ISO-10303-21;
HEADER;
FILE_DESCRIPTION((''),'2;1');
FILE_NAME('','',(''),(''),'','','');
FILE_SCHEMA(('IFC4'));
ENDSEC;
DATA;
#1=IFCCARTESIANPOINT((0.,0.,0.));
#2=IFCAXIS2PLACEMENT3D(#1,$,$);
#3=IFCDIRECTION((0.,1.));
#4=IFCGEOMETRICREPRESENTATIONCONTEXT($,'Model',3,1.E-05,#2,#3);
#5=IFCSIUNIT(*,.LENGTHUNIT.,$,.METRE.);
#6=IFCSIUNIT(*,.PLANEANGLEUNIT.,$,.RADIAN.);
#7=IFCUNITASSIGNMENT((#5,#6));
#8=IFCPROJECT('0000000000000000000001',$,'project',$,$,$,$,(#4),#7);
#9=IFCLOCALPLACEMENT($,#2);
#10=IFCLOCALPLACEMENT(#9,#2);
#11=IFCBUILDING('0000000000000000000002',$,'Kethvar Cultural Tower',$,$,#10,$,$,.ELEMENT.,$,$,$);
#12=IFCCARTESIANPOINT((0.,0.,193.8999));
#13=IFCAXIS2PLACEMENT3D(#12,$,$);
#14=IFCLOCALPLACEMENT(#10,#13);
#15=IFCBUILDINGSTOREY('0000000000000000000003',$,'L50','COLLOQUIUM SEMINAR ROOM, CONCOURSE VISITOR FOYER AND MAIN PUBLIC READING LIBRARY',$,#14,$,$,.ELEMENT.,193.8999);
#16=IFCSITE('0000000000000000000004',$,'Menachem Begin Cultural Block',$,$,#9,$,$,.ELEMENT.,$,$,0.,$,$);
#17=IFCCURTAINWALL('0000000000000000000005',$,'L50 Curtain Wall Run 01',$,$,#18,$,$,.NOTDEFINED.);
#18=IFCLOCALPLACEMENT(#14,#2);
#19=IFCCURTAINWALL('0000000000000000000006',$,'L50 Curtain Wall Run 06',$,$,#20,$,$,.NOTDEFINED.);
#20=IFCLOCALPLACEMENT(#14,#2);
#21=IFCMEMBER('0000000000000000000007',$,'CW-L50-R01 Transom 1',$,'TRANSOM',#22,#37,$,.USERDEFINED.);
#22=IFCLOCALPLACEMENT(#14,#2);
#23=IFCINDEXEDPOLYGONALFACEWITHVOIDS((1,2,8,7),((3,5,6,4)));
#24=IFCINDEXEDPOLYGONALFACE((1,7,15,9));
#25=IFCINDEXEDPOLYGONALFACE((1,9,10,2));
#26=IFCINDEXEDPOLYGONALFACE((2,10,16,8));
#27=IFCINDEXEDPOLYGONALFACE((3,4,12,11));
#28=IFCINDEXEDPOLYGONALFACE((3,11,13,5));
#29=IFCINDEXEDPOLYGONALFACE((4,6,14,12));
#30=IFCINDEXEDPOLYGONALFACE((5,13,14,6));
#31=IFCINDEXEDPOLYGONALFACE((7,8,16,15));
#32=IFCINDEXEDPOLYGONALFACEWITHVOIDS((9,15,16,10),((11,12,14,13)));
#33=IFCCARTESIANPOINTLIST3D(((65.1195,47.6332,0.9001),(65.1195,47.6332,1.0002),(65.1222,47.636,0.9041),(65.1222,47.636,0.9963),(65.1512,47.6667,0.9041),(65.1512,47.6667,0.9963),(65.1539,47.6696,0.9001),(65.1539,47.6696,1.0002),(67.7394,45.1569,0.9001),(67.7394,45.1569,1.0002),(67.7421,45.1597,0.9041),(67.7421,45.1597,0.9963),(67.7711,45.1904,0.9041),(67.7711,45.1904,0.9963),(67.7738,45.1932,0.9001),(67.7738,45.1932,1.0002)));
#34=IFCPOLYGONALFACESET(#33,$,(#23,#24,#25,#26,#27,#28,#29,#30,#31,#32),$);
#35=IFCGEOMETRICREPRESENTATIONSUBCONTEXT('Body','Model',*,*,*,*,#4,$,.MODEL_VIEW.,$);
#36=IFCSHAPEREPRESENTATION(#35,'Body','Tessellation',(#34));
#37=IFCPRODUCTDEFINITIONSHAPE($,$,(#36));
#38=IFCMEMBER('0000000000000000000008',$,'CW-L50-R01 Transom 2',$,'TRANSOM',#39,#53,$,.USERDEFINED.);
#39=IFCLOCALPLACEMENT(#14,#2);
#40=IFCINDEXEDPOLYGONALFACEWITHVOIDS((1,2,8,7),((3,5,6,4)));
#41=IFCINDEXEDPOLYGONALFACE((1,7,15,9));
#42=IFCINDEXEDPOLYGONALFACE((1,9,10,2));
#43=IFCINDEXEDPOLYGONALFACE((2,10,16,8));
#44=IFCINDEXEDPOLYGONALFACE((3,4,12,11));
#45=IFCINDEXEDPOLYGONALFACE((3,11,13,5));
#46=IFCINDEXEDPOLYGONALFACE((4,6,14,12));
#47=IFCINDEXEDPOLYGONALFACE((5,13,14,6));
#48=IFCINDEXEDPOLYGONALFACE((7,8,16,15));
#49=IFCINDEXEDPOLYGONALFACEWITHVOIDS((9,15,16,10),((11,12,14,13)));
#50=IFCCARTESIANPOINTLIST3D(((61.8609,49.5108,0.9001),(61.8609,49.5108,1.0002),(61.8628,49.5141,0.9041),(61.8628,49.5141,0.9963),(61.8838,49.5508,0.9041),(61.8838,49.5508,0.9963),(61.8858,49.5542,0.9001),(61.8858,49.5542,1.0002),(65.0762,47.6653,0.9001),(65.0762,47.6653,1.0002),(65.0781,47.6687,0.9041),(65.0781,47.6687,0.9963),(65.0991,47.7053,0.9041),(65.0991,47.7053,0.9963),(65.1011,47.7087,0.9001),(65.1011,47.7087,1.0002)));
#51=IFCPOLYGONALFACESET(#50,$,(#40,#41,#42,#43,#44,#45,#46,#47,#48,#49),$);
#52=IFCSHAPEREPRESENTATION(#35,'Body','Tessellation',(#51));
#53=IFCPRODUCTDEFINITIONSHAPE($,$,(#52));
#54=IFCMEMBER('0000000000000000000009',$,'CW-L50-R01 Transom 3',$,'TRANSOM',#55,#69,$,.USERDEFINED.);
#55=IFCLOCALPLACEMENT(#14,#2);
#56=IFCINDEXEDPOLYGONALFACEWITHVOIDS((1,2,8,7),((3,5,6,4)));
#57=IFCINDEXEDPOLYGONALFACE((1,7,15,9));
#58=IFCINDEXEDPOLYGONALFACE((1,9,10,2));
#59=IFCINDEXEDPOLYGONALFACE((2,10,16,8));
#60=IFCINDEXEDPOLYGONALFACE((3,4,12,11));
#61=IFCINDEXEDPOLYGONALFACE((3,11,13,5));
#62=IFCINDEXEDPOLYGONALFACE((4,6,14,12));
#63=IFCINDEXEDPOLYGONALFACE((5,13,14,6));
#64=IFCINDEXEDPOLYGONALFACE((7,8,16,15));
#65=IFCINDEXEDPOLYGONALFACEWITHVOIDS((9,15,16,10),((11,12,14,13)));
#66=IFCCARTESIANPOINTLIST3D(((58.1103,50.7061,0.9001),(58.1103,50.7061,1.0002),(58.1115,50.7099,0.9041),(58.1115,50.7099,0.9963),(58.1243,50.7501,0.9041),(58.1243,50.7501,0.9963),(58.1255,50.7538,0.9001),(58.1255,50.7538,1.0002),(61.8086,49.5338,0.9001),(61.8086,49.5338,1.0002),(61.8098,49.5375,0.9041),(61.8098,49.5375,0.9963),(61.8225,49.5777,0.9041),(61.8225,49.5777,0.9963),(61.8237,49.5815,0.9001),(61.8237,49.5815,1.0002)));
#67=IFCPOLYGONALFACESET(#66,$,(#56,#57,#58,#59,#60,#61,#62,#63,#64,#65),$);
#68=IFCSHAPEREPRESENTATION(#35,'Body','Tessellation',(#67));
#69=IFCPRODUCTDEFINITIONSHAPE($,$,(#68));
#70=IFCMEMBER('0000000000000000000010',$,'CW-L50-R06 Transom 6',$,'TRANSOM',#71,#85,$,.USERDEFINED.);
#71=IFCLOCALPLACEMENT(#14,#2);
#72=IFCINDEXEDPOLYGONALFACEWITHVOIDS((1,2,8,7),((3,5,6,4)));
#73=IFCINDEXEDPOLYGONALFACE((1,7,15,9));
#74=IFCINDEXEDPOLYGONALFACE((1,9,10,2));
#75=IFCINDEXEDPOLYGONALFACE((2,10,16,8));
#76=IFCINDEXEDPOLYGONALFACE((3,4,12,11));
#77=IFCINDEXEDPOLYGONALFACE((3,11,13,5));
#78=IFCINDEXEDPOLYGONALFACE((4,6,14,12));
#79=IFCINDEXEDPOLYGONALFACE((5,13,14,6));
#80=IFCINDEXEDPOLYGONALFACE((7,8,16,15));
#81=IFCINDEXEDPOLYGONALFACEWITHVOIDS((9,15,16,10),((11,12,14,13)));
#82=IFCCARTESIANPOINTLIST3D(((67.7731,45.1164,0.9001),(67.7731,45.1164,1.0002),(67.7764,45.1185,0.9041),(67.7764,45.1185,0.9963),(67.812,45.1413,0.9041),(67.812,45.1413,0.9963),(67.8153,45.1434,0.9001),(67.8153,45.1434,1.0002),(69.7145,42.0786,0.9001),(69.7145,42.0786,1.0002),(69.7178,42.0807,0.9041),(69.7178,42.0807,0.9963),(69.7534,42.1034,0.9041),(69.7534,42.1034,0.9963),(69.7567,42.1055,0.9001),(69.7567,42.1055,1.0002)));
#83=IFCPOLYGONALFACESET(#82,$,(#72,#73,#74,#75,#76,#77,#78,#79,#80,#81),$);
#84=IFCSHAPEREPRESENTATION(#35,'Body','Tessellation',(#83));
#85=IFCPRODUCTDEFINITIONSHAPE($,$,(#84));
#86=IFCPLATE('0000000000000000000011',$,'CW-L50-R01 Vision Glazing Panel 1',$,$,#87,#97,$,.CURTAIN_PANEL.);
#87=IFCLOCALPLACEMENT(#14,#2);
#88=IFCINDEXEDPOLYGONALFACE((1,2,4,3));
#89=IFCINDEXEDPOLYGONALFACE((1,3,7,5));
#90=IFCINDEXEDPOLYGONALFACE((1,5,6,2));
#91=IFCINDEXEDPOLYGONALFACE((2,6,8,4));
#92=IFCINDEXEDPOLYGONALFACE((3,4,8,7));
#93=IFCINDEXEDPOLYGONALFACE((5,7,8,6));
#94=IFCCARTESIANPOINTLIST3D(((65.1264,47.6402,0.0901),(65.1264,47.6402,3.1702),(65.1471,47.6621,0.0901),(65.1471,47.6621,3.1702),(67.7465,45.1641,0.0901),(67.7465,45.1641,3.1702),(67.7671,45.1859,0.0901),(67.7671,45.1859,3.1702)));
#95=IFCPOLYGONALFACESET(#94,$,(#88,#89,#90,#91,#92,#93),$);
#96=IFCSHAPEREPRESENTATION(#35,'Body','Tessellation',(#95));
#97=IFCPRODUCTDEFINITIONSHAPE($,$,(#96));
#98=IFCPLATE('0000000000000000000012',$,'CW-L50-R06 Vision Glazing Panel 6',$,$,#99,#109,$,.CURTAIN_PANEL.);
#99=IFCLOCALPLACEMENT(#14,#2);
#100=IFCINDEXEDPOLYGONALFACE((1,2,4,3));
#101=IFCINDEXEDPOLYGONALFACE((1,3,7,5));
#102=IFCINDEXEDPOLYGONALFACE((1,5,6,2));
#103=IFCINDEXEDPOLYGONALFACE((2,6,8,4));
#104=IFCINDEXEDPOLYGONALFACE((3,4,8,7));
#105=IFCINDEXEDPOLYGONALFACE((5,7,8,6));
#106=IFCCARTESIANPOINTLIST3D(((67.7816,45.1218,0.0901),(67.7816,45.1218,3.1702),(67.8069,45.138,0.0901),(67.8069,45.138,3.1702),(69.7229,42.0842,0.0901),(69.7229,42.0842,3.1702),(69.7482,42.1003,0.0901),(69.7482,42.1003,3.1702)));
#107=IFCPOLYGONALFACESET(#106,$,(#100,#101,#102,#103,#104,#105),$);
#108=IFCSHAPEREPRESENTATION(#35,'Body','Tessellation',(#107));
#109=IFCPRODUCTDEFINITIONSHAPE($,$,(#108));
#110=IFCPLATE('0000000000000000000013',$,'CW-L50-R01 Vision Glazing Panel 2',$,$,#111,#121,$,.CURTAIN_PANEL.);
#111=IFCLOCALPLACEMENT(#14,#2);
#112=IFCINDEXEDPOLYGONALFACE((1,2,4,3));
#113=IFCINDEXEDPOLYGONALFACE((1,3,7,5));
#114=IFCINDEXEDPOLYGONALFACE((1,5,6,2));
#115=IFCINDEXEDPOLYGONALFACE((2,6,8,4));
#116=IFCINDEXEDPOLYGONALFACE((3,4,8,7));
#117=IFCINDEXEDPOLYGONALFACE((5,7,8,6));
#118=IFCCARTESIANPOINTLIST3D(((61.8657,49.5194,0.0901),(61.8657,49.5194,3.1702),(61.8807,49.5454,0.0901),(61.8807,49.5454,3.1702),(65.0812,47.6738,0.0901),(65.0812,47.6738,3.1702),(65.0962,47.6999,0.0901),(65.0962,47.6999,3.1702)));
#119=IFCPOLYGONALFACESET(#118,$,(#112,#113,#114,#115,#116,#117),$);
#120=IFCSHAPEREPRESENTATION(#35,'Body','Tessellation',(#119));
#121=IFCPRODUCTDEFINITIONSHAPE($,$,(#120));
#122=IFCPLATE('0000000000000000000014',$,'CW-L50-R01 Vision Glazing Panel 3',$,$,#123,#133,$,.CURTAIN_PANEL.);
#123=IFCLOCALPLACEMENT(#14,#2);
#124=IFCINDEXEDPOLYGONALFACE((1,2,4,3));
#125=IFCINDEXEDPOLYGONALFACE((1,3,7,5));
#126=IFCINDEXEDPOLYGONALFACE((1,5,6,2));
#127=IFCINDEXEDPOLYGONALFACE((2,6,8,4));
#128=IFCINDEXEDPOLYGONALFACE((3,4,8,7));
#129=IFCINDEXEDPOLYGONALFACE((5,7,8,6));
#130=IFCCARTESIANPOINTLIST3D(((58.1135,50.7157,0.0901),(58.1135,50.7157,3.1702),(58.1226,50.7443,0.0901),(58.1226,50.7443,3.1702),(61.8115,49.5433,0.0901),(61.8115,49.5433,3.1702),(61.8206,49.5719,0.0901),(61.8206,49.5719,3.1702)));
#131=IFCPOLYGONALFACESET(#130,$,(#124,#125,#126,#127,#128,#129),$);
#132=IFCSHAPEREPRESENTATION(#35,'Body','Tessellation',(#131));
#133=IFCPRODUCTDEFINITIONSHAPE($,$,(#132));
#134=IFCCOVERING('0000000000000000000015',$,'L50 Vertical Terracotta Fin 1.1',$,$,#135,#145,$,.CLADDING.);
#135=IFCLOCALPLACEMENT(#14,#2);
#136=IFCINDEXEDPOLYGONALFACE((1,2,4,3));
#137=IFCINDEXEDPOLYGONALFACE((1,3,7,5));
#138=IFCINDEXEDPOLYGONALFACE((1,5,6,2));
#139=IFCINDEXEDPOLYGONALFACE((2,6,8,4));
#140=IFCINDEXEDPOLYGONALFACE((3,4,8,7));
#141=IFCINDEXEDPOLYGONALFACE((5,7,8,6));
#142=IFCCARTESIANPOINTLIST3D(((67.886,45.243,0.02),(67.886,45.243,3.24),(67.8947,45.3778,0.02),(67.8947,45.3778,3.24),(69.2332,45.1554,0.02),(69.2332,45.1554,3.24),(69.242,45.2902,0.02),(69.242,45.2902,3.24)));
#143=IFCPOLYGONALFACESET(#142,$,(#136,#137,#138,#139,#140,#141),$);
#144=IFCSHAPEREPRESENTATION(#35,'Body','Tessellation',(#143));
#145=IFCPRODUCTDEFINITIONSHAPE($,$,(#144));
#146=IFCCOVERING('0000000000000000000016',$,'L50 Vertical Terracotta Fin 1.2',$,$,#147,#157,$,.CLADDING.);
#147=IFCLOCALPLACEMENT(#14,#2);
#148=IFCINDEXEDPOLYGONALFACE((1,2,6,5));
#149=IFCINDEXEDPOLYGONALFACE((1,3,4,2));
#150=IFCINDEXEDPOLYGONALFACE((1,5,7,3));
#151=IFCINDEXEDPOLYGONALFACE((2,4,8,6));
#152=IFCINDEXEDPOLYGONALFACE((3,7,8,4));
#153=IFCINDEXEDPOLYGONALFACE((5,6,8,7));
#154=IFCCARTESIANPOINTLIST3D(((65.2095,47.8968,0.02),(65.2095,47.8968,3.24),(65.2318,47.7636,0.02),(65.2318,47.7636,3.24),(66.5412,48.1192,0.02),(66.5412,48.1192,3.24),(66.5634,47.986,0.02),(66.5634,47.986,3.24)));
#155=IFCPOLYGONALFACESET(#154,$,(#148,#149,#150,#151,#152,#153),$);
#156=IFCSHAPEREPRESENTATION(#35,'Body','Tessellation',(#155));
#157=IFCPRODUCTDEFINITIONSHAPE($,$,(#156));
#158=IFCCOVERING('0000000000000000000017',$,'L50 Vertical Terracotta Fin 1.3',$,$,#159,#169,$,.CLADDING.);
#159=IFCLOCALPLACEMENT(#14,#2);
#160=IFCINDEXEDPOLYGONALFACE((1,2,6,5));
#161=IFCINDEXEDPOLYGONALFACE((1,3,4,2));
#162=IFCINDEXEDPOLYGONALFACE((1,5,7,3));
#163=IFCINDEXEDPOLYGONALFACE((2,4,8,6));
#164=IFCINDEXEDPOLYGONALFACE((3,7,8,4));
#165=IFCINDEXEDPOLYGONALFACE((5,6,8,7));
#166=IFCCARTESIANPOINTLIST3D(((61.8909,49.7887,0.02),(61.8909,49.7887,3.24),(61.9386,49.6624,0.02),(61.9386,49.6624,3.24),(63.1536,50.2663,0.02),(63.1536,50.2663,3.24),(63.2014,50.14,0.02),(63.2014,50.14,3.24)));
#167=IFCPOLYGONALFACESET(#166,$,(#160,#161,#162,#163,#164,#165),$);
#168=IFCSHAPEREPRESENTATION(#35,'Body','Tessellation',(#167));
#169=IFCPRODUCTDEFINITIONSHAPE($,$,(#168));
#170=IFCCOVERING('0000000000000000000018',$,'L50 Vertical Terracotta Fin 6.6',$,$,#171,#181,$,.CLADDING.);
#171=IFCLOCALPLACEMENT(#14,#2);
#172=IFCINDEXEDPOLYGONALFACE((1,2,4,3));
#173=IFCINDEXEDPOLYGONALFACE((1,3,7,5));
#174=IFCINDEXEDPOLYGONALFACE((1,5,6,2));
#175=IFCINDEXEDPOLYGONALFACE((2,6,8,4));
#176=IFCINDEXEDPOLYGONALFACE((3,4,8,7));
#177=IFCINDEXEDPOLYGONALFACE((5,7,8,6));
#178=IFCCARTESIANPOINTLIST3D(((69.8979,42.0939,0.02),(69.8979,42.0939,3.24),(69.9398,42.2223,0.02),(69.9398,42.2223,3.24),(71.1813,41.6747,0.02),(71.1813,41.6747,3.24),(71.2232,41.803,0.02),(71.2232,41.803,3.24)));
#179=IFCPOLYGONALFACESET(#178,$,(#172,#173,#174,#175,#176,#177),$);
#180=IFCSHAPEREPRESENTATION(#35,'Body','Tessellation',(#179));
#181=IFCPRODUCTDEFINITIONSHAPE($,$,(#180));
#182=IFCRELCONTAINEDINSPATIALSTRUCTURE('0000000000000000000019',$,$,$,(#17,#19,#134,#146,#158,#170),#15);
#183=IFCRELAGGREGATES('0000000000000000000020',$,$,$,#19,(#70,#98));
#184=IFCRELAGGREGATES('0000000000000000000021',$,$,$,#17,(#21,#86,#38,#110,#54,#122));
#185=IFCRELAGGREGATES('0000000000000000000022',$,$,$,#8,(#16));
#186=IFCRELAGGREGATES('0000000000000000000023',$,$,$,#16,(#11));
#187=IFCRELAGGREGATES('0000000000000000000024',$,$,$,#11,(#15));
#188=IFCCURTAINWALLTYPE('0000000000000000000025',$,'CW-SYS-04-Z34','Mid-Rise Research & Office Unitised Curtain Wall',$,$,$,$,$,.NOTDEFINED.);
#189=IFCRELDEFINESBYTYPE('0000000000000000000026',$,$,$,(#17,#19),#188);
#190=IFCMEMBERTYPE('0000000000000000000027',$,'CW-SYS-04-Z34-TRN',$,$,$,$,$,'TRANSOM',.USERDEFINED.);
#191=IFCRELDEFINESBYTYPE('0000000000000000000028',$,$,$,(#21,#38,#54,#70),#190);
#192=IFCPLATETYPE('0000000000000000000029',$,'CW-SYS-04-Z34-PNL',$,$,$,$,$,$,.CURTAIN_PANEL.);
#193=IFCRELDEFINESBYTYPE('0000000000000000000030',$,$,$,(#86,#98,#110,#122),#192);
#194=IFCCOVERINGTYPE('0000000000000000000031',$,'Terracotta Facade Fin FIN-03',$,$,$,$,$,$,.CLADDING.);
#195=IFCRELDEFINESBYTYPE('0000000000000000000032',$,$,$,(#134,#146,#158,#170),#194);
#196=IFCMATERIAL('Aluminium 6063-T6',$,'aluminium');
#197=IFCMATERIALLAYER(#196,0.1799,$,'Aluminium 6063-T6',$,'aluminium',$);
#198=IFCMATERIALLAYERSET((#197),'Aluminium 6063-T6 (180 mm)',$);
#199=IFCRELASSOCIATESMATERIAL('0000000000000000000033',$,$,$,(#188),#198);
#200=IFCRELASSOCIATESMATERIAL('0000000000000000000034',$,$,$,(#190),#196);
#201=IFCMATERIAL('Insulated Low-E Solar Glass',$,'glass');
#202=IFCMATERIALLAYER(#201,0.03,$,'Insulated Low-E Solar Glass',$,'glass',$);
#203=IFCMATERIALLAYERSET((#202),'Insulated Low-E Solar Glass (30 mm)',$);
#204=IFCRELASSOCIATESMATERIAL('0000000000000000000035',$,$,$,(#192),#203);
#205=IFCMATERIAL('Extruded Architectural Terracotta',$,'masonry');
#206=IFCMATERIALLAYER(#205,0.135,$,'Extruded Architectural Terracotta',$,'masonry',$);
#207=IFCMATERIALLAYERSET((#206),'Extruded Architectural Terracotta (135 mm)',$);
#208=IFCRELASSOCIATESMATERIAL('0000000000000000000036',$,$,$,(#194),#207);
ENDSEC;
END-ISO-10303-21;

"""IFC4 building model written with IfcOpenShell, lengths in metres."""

from ifc_helpers import new_model, si_unit, direction, frame, origin, origin_2d, place, context, subcontext, project, spatial, rectangle, hollow_rectangle, extrude, source, transform, mapped, material, layer, layer_set, material_profile, profile_set, type_object, element, aggregate, save


model = new_model("IFC4")

# Units and contexts
model_context = context("Model", 3, precision=1e-05, world=origin(), true_north=direction((0.0, 1.0)))
body_context = subcontext(model_context, "Body", "Model", "MODEL_VIEW")
ifc_project = project(units=[si_unit("LENGTHUNIT", "METRE"), si_unit("PLANEANGLEUNIT", "RADIAN")], contexts=[model_context])

# Site, building, storey
site_placement = place(None, origin())
site = spatial("IfcSite", under=ifc_project, at=site_placement, Name="Menachem Begin Cultural Block", CompositionType="ELEMENT", RefElevation=0.0)
building_placement = place(site_placement, origin())
building = spatial("IfcBuilding", under=site, at=building_placement, Name="Kethvar Cultural Tower", CompositionType="ELEMENT")
storey_placement = place(building_placement, frame((0.0, 0.0, 193.8999)))
storey = spatial("IfcBuildingStorey", under=building, at=storey_placement, Name="L50", Description="COLLOQUIUM SEMINAR ROOM, CONCOURSE VISITOR FOYER AND MAIN PUBLIC READING LIBRARY", CompositionType="ELEMENT", Elevation=193.8999)

# Curtain walls
ifc_material_1 = material(Name="Aluminium 6063-T6", Category="aluminium")
ifc_layer_1 = layer(ifc_material_1, 0.1799, Name="Aluminium 6063-T6", Category="aluminium")
ifc_layer_set_1 = layer_set([ifc_layer_1], Name="Aluminium 6063-T6 (180 mm)")
curtain_wall_type = type_object("IfcCurtainWallType", Name="CW-SYS-04-Z34", Description="Mid-Rise Research & Office Unitised Curtain Wall", PredefinedType="NOTDEFINED", material=ifc_layer_set_1)
curtain_wall_1_placement = place(storey_placement, origin())
curtain_wall_1 = element("IfcCurtainWall", 1, at=curtain_wall_1_placement, inside=storey, type_object=curtain_wall_type, Name="L50 Curtain Wall Run 01", PredefinedType="NOTDEFINED")
curtain_wall_2_placement = place(storey_placement, origin())
curtain_wall_2 = element("IfcCurtainWall", 2, at=curtain_wall_2_placement, inside=storey, type_object=curtain_wall_type, Name="L50 Curtain Wall Run 06", PredefinedType="NOTDEFINED")

# Members
ifc_material_profile_1 = material_profile(ifc_material_1, hollow_rectangle(XDim=0.05, YDim=0.1001, WallThickness=0.0039, at=origin_2d()), Name="Aluminium 6063-T6 — RHS100x50x4")
ifc_profile_set_1 = profile_set([ifc_material_profile_1], Name="Aluminium 6063-T6 — RHS100x50x4")
member_type_1 = type_object("IfcMemberType", Name="CW-SYS-04-Z34-TRN", ElementType="TRANSOM", PredefinedType="USERDEFINED", material=ifc_profile_set_1)
shared_shape_1 = source(origin(), body_context, "Body", "SweptSolid", [
    extrude(hollow_rectangle(XDim=0.05, YDim=0.1001, WallThickness=0.0039, at=origin_2d()), origin(), (0.0, 0.0, 1.0), 3.605),
])
member_1_placement = place(storey_placement, frame((67.7566, 45.175, 0.9502), z_axis=(-0.726737, 0.686916, 0.0), x_axis=(-0.686916, -0.726737, 0.0)))
member_1 = element("IfcMember", 3, at=member_1_placement, type_object=member_type_1, Name="CW-L50-R01 Transom 1", ObjectType="TRANSOM", PredefinedType="USERDEFINED", context=body_context, shape_type="MappedRepresentation", body=[
    mapped(shared_shape_1, transform((0.0, 0.0, 0.0), scale=1.0)),
])
shared_shape_2 = source(origin(), body_context, "Body", "SweptSolid", [
    extrude(hollow_rectangle(XDim=0.05, YDim=0.1001, WallThickness=0.0039, at=origin_2d()), origin(), (0.0, 0.0, 1.0), 3.7073),
])
member_2_placement = place(storey_placement, frame((65.0886, 47.687, 0.9502), z_axis=(-0.867297, 0.49779, 0.0), x_axis=(-0.49779, -0.867297, 0.0)))
member_2 = element("IfcMember", 4, at=member_2_placement, type_object=member_type_1, Name="CW-L50-R01 Transom 2", ObjectType="TRANSOM", PredefinedType="USERDEFINED", context=body_context, shape_type="MappedRepresentation", body=[
    mapped(shared_shape_2, transform((0.0, 0.0, 0.0), scale=1.0)),
])
shared_shape_3 = source(origin(), body_context, "Body", "SweptSolid", [
    extrude(hollow_rectangle(XDim=0.05, YDim=0.1001, WallThickness=0.0039, at=origin_2d()), origin(), (0.0, 0.0, 1.0), 3.8796),
])
member_3_placement = place(storey_placement, frame((61.8162, 49.5576, 0.9502), z_axis=(-0.953249, 0.302185, 0.0), x_axis=(-0.302185, -0.953249, 0.0)))
member_3 = element("IfcMember", 5, at=member_3_placement, type_object=member_type_1, Name="CW-L50-R01 Transom 3", ObjectType="TRANSOM", PredefinedType="USERDEFINED", context=body_context, shape_type="MappedRepresentation", body=[
    mapped(shared_shape_3, transform((0.0, 0.0, 0.0), scale=1.0)),
])
shared_shape_4 = source(origin(), body_context, "Body", "SweptSolid", [
    extrude(hollow_rectangle(XDim=0.05, YDim=0.1001, WallThickness=0.0039, at=origin_2d()), origin(), (0.0, 0.0, 1.0), 3.6052),
])
member_4_placement = place(storey_placement, frame((69.7356, 42.092, 0.9502), z_axis=(-0.5385, 0.842625, 0.0), x_axis=(-0.842625, -0.5385, 0.0)))
member_4 = element("IfcMember", 6, at=member_4_placement, type_object=member_type_1, Name="CW-L50-R06 Transom 6", ObjectType="TRANSOM", PredefinedType="USERDEFINED", context=body_context, shape_type="MappedRepresentation", body=[
    mapped(shared_shape_4, transform((0.0, 0.0, 0.0), scale=1.0)),
])

# Plates
ifc_material_2 = material(Name="Insulated Low-E Solar Glass", Category="glass")
ifc_layer_2 = layer(ifc_material_2, 0.03, Name="Insulated Low-E Solar Glass", Category="glass")
ifc_layer_set_2 = layer_set([ifc_layer_2], Name="Insulated Low-E Solar Glass (30 mm)")
plate_type = type_object("IfcPlateType", Name="CW-SYS-04-Z34-PNL", PredefinedType="CURTAIN_PANEL", material=ifc_layer_set_2)
shared_shape_5 = source(origin(), body_context, "Body", "SweptSolid", [
    extrude(rectangle(XDim=3.605, YDim=0.03, at=origin_2d()), origin(), (0.0, 0.0, 1.0), 3.0801),
])
plate_1_placement = place(storey_placement, frame((66.4468, 46.4131, 0.0901), z_axis=(0.0, 0.0, 1.0), x_axis=(-0.72679, 0.686859, 0.0)))
plate_1 = element("IfcPlate", 7, at=plate_1_placement, type_object=plate_type, Name="CW-L50-R01 Vision Glazing Panel 1", PredefinedType="CURTAIN_PANEL", context=body_context, shape_type="MappedRepresentation", body=[
    mapped(shared_shape_5, transform((0.0, 0.0, 0.0), scale=1.0)),
])
plate_2_placement = place(storey_placement, frame((68.7649, 43.6111, 0.0901), z_axis=(0.0, 0.0, 1.0), x_axis=(-0.538491, 0.842631, 0.0)))
plate_2 = element("IfcPlate", 8, at=plate_2_placement, type_object=plate_type, Name="CW-L50-R06 Vision Glazing Panel 6", PredefinedType="CURTAIN_PANEL", context=body_context, shape_type="MappedRepresentation", body=[
    mapped(shared_shape_5, transform((0.0, 0.0, 0.0), scale=1.0)),
])
aggregate(curtain_wall_2, [member_4, plate_2])
shared_shape_6 = source(origin(), body_context, "Body", "SweptSolid", [
    extrude(rectangle(XDim=3.7075, YDim=0.03, at=origin_2d()), origin(), (0.0, 0.0, 1.0), 3.0801),
])
plate_3_placement = place(storey_placement, frame((63.481, 48.6096, 0.0901), z_axis=(0.0, 0.0, 1.0), x_axis=(-0.867297, 0.497792, 0.0)))
plate_3 = element("IfcPlate", 9, at=plate_3_placement, type_object=plate_type, Name="CW-L50-R01 Vision Glazing Panel 2", PredefinedType="CURTAIN_PANEL", context=body_context, shape_type="MappedRepresentation", body=[
    mapped(shared_shape_6, transform((0.0, 0.0, 0.0), scale=1.0)),
])
shared_shape_7 = source(origin(), body_context, "Body", "SweptSolid", [
    extrude(rectangle(XDim=3.8794, YDim=0.03, at=origin_2d()), origin(), (0.0, 0.0, 1.0), 3.0801),
])
plate_4_placement = place(storey_placement, frame((59.967, 50.1438, 0.0901), z_axis=(0.0, 0.0, 1.0), x_axis=(-0.953243, 0.302204, 0.0)))
plate_4 = element("IfcPlate", 10, at=plate_4_placement, type_object=plate_type, Name="CW-L50-R01 Vision Glazing Panel 3", PredefinedType="CURTAIN_PANEL", context=body_context, shape_type="MappedRepresentation", body=[
    mapped(shared_shape_7, transform((0.0, 0.0, 0.0), scale=1.0)),
])
aggregate(curtain_wall_1, [member_1, plate_1, member_2, plate_3, member_3, plate_4])

# Coverings
ifc_material_3 = material(Name="Extruded Architectural Terracotta", Category="masonry")
ifc_layer_3 = layer(ifc_material_3, 0.135, Name="Extruded Architectural Terracotta", Category="masonry")
ifc_layer_set_3 = layer_set([ifc_layer_3], Name="Extruded Architectural Terracotta (135 mm)")
covering_type = type_object("IfcCoveringType", Name="Terracotta Facade Fin FIN-03", PredefinedType="CLADDING", material=ifc_layer_set_3)
shared_shape_8 = source(origin(), body_context, "Body", "SweptSolid", [
    extrude(rectangle(XDim=1.3501, YDim=0.135, at=origin_2d()), origin(), (0.0, 0.0, 1.0), 3.22),
])
for number, where, z_axis, x_axis, name in (
    (11, (68.564, 45.2666, 0.02), (0.0, 0.0, 1.0), (0.997893, -0.064881, 0.0), "L50 Vertical Terracotta Fin 1.1"),
    (12, (65.8865, 47.9414, 0.02), (0.0, 0.0, 1.0), (0.986343, 0.164703, 0.0), "L50 Vertical Terracotta Fin 1.2"),
    (13, (62.5461, 49.9644, 0.02), (0.0, 0.0, 1.0), (0.935321, 0.353801, 0.0), "L50 Vertical Terracotta Fin 1.3"),
    (14, (70.5605, 41.9485, 0.02), (0.0, 0.0, 1.0), (0.95057, -0.310511, 0.0), "L50 Vertical Terracotta Fin 6.6"),
):
    element("IfcCovering", number, at=place(storey_placement, frame(where, z_axis=z_axis, x_axis=x_axis)), inside=storey, type_object=covering_type, Name=name, PredefinedType="CLADDING", context=body_context, shape_type="MappedRepresentation", body=[
        mapped(shared_shape_8, transform((0.0, 0.0, 0.0), scale=1.0)),
    ])

save(model, "model.ifc")
